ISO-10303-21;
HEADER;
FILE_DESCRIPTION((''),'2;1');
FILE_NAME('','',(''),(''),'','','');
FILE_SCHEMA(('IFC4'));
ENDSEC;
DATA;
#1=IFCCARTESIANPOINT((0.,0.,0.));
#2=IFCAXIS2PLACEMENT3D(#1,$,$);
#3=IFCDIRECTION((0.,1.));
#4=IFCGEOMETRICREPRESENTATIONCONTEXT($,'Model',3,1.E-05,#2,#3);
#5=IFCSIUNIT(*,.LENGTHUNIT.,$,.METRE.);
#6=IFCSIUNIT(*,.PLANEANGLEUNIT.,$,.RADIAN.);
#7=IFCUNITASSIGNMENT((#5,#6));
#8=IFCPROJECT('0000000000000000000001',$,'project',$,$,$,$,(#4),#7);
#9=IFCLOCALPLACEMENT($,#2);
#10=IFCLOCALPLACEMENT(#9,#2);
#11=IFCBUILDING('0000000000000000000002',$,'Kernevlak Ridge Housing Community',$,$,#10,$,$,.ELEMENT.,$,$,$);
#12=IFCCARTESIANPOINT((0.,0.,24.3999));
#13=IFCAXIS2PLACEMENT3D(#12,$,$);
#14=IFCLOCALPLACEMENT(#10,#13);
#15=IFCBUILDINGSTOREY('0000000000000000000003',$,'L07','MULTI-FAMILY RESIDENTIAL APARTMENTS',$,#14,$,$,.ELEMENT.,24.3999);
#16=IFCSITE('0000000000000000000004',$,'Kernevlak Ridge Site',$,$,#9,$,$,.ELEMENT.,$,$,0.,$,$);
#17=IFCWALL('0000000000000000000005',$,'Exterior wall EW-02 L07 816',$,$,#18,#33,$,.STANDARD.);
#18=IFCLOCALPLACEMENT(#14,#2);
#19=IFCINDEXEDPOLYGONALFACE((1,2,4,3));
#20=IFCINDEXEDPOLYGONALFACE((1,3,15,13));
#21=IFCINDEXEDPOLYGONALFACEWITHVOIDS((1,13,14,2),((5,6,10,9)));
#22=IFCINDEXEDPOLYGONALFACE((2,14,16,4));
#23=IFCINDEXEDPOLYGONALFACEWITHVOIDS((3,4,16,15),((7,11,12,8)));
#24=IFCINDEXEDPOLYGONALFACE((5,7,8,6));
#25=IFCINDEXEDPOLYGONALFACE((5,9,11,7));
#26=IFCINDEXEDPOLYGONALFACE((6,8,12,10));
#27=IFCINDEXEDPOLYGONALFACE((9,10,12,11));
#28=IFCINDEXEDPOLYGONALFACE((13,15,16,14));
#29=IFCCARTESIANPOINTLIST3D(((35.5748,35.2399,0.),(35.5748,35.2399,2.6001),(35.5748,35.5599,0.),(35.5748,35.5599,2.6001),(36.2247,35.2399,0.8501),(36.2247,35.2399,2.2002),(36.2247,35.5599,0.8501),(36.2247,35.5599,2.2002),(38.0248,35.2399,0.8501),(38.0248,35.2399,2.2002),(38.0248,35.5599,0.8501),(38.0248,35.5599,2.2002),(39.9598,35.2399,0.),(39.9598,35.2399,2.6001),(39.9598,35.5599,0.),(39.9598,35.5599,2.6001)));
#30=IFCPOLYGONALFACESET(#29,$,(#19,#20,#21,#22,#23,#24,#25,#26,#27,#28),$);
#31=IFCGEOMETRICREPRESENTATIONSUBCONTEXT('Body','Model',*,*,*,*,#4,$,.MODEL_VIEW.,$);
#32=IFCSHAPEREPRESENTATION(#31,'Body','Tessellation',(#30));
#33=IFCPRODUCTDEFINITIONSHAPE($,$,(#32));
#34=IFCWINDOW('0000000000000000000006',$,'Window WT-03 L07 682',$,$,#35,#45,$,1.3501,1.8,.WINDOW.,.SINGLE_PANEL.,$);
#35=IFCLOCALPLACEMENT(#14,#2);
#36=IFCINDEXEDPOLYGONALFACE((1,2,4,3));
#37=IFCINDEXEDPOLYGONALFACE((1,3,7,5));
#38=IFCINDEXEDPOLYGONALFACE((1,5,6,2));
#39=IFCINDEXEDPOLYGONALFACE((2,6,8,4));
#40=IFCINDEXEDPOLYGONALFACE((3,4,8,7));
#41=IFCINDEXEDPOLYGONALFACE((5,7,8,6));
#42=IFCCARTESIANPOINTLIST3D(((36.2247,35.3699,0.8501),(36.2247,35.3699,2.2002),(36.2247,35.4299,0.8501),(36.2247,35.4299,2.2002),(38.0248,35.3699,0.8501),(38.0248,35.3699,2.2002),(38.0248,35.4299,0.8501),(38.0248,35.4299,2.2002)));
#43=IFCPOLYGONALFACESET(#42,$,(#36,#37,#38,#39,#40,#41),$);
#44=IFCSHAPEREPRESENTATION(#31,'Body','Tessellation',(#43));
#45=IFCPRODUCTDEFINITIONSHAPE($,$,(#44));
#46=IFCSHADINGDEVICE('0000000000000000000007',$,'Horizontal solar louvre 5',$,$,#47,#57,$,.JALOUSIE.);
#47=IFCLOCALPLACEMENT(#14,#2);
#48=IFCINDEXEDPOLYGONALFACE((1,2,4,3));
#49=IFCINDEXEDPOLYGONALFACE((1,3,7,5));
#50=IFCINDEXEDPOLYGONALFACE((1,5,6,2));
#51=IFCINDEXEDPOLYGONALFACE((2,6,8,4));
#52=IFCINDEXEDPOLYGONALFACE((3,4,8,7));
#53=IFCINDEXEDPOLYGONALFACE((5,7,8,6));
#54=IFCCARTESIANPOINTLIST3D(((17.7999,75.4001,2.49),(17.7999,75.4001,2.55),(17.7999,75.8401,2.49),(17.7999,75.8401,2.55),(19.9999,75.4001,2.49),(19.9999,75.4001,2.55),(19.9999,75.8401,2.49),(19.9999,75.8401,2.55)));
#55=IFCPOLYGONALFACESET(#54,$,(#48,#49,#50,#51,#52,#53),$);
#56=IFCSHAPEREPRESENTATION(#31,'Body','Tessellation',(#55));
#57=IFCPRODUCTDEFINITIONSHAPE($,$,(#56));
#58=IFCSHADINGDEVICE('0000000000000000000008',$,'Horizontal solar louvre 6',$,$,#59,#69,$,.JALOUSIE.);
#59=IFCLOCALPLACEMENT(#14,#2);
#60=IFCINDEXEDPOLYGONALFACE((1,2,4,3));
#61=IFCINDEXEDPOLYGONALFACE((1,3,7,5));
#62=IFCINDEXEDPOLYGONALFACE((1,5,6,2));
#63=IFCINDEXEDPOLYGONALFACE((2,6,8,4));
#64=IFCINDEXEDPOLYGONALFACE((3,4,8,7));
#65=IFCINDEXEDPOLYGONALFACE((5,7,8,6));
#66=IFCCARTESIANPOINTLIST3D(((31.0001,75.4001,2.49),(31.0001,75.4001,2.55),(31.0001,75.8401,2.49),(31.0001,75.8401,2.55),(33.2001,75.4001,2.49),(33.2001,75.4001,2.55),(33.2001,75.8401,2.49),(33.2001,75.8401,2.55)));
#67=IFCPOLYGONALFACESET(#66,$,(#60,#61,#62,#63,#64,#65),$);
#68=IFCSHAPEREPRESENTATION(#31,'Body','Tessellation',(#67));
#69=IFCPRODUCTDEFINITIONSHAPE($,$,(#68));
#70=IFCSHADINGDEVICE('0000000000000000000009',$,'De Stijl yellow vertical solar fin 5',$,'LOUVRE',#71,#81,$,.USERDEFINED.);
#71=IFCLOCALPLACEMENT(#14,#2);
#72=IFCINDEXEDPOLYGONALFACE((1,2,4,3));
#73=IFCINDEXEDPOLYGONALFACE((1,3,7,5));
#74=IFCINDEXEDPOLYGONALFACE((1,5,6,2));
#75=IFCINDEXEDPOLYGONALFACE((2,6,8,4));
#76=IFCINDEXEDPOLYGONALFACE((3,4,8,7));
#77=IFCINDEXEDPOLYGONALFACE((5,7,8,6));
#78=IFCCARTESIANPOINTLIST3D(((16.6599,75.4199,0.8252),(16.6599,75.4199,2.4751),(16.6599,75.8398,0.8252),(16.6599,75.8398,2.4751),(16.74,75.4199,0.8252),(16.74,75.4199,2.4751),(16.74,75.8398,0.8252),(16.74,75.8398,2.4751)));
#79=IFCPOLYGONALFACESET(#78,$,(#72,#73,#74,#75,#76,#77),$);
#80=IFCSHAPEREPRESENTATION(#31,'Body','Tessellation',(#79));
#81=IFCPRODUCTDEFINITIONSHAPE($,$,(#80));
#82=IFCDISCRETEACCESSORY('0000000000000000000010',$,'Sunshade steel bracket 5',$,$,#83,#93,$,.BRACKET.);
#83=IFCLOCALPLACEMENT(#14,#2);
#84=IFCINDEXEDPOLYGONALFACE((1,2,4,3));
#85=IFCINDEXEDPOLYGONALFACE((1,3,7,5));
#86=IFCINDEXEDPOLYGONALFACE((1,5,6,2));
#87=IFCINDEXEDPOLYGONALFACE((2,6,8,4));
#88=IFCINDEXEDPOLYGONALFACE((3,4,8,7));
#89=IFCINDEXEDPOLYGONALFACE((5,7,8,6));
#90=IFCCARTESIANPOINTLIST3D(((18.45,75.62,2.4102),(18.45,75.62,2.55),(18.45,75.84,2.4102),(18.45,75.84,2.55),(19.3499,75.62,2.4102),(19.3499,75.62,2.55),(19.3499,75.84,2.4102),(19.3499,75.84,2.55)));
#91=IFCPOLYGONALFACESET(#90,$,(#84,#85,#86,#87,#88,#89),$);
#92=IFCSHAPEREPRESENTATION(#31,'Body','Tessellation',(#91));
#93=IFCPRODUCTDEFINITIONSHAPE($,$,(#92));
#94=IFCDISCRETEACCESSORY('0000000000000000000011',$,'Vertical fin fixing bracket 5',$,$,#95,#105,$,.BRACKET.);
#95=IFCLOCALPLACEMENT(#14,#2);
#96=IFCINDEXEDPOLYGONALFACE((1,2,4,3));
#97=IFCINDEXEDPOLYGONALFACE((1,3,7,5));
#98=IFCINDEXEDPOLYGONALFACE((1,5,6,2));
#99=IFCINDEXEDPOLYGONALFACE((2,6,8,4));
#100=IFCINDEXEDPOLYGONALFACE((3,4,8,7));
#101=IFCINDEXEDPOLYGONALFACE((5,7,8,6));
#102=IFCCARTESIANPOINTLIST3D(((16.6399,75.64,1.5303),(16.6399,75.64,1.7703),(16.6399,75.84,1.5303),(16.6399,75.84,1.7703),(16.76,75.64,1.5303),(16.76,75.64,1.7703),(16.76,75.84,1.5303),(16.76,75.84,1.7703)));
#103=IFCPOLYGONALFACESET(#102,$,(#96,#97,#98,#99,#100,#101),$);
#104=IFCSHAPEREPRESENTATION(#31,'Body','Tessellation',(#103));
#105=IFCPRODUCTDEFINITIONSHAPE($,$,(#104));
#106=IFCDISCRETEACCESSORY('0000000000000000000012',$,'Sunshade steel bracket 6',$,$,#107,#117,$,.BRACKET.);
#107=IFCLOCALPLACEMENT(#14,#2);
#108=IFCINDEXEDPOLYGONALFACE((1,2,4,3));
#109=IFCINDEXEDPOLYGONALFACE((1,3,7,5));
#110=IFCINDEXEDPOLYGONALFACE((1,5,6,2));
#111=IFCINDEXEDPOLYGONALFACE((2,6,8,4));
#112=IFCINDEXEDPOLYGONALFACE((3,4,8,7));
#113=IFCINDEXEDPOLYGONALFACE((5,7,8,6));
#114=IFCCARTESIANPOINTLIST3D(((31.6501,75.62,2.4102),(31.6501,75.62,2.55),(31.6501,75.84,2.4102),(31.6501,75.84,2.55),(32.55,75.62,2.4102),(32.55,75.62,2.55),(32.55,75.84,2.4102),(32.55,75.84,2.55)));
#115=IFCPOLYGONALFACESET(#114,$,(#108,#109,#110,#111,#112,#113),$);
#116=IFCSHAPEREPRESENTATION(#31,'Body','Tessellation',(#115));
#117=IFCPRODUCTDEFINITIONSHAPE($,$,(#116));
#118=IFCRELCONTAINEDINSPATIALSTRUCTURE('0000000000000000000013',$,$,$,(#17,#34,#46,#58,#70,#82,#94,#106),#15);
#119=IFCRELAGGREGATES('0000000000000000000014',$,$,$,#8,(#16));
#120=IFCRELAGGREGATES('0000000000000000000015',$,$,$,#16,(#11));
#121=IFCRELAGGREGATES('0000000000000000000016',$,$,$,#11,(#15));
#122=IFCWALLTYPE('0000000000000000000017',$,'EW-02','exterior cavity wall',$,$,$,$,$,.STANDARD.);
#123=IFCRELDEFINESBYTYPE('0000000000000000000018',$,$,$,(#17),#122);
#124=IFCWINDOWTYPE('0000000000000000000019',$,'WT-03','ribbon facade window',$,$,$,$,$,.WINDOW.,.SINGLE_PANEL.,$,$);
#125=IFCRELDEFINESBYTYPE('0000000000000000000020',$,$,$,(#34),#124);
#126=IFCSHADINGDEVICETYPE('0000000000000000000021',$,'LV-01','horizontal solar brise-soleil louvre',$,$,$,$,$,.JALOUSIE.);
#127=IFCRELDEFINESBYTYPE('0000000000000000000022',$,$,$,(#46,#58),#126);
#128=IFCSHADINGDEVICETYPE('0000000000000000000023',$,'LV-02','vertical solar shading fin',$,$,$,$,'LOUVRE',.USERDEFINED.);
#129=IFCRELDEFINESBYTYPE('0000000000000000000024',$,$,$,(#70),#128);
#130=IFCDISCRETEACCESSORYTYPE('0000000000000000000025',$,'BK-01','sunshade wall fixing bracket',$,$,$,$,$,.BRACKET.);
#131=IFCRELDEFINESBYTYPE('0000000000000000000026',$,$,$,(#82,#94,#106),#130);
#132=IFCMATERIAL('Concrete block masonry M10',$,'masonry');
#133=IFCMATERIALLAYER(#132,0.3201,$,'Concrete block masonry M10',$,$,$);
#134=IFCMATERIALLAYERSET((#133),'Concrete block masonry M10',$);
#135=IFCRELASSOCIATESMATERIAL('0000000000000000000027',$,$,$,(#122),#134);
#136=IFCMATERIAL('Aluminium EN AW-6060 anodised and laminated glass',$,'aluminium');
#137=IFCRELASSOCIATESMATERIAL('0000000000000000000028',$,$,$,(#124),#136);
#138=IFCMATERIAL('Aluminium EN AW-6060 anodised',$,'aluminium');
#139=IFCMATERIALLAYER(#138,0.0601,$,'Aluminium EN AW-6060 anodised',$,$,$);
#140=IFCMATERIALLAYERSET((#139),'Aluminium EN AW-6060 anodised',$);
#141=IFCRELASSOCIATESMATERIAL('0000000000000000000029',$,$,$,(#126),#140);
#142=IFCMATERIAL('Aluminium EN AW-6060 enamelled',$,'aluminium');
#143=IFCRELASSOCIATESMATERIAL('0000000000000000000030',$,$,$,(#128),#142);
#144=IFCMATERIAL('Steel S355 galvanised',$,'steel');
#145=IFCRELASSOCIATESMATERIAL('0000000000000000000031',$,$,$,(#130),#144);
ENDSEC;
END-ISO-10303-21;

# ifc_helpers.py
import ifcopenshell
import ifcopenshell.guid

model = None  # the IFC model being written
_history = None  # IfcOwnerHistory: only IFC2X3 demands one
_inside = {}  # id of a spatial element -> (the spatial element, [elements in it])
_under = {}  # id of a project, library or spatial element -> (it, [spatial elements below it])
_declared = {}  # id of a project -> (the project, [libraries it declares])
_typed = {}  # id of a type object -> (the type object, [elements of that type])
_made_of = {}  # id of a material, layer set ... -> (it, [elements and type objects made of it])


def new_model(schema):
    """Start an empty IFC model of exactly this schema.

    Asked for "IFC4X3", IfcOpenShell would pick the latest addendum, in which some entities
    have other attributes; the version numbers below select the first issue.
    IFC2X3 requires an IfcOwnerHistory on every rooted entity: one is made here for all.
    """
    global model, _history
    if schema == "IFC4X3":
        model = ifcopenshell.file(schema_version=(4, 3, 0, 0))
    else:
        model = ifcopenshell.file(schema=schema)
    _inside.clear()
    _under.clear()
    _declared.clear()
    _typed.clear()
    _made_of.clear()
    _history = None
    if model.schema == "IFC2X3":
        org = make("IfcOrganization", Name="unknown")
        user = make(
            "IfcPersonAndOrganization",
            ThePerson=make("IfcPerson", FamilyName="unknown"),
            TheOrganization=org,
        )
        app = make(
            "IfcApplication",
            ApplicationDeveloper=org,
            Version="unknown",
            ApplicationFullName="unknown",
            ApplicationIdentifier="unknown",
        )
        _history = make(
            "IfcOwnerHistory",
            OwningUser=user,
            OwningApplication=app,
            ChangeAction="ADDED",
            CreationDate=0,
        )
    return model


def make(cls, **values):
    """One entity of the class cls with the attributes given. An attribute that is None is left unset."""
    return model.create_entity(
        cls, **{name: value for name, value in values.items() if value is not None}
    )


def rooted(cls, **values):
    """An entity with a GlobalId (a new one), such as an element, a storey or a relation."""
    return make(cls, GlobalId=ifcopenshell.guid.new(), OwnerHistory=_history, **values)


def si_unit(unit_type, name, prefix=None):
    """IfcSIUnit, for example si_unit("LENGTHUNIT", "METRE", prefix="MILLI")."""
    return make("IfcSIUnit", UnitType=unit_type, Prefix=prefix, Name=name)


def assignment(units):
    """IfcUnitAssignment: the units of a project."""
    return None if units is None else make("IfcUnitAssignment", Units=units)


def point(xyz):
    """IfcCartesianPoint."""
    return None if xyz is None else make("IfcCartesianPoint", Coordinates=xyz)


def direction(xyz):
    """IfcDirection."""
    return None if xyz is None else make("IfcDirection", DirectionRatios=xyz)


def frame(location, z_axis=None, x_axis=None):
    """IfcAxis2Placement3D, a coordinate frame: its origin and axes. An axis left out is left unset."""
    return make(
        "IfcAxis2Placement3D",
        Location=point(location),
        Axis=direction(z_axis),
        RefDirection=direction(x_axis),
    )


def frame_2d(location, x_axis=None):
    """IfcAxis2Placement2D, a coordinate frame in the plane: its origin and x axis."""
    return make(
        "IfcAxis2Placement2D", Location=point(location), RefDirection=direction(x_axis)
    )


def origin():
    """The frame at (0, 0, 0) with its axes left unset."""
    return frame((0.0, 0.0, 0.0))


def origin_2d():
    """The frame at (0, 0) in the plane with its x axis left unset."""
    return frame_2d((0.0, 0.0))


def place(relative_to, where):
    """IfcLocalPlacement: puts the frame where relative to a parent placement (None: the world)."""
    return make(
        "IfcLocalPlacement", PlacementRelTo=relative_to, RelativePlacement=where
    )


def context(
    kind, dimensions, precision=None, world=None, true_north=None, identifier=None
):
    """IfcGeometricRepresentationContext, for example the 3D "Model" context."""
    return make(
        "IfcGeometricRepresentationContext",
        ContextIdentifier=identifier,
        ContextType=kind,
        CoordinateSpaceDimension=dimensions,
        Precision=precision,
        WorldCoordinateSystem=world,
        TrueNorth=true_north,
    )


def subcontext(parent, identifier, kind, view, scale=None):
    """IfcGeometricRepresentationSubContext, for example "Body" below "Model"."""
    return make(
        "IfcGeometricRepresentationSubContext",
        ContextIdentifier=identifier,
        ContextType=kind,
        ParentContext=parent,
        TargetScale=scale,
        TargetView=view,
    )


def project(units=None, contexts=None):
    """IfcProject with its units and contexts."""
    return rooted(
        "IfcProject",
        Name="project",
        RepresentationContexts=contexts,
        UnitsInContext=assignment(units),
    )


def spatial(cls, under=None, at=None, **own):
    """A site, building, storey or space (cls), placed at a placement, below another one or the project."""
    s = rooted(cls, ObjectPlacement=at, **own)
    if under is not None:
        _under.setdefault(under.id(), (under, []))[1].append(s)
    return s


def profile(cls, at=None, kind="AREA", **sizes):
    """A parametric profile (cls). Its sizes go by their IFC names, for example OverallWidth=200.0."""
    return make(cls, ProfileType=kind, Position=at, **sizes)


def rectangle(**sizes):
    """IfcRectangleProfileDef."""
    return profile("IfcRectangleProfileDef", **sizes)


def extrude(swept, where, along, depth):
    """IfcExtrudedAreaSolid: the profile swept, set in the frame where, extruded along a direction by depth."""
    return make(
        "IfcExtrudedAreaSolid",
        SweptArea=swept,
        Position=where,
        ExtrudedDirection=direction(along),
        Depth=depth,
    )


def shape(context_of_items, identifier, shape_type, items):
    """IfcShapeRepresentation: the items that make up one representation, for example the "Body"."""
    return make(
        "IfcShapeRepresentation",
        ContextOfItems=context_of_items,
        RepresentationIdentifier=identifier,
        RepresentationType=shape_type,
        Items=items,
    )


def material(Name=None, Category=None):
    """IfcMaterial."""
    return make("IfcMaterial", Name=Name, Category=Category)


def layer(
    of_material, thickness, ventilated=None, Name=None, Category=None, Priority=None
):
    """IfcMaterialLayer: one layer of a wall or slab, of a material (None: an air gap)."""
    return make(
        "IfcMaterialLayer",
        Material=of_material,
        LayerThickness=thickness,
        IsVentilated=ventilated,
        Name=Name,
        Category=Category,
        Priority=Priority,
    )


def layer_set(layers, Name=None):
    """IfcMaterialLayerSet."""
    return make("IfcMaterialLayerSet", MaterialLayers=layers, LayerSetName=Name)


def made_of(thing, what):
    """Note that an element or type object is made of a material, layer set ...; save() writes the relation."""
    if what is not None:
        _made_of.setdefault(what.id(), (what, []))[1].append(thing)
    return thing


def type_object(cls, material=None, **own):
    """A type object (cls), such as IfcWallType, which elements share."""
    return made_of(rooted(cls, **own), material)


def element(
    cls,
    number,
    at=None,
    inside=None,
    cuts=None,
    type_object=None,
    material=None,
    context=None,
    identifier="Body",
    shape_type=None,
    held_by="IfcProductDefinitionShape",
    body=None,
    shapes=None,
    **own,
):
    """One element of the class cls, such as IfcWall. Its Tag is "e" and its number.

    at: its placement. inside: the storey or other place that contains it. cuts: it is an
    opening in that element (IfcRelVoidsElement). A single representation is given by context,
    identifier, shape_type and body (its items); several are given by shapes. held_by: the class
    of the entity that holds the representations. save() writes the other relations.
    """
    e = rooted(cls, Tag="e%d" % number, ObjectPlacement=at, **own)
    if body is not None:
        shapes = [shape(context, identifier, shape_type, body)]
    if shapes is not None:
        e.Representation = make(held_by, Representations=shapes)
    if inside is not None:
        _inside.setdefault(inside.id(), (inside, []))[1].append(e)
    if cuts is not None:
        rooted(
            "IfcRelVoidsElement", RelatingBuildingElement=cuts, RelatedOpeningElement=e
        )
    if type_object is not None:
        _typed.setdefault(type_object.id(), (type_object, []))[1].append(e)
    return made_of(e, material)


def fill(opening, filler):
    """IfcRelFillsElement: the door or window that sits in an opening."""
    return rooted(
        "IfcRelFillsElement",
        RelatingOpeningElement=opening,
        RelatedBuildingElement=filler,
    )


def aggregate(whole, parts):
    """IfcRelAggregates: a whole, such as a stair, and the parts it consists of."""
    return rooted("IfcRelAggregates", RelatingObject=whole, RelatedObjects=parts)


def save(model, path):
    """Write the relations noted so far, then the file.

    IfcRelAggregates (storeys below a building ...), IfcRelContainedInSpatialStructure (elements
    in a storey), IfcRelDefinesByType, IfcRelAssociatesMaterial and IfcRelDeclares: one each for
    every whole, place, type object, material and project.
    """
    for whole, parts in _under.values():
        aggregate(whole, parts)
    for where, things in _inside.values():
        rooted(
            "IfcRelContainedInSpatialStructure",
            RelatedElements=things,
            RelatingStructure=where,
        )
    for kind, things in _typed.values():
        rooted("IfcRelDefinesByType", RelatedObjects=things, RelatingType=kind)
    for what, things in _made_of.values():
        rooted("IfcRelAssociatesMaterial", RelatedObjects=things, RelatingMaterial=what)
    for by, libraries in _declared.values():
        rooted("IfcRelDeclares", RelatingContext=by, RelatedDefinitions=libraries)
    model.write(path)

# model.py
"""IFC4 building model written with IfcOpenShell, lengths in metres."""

from ifc_helpers import new_model, si_unit, direction, frame, frame_2d, origin, origin_2d, place, context, subcontext, project, spatial, rectangle, extrude, material, layer, layer_set, type_object, element, fill, save


model = new_model("IFC4")

# Units and contexts
model_context = context("Model", 3, precision=1e-05, world=origin(), true_north=direction((0.0, 1.0)))
body_context = subcontext(model_context, "Body", "Model", "MODEL_VIEW")
ifc_project = project(units=[si_unit("LENGTHUNIT", "METRE"), si_unit("PLANEANGLEUNIT", "RADIAN")], contexts=[model_context])

# Site, building, storey
site_placement = place(None, origin())
site = spatial("IfcSite", under=ifc_project, at=site_placement, Name="Kernevlak Ridge Site", CompositionType="ELEMENT", RefElevation=0.0)
building_placement = place(site_placement, origin())
building = spatial("IfcBuilding", under=site, at=building_placement, Name="Kernevlak Ridge Housing Community", CompositionType="ELEMENT")
storey_placement = place(building_placement, frame((0.0, 0.0, 24.3999)))
storey = spatial("IfcBuildingStorey", under=building, at=storey_placement, Name="L07", Description="MULTI-FAMILY RESIDENTIAL APARTMENTS", CompositionType="ELEMENT", Elevation=24.3999)

# Shared definitions
ifc_material_1 = material(Name="Concrete block masonry M10", Category="masonry")
ifc_layer_1 = layer(ifc_material_1, 0.3201, Name="Concrete block masonry M10")
ifc_layer_set_1 = layer_set([ifc_layer_1], Name="Concrete block masonry M10")
wall_type = type_object("IfcWallType", Name="EW-02", Description="exterior cavity wall", PredefinedType="STANDARD", material=ifc_layer_set_1)
ifc_material_2 = material(Name="Aluminium EN AW-6060 anodised and laminated glass", Category="aluminium")
window_type_1 = type_object("IfcWindowType", Name="WT-03", Description="ribbon facade window", PartitioningType="SINGLE_PANEL", PredefinedType="WINDOW", material=ifc_material_2)

# Wall, opening, window
wall_1_placement = place(storey_placement, frame((35.575, 35.3999, 0.0), z_axis=(0.0, 0.0, 1.0), x_axis=(1.0, 0.0, 0.0)))
wall_1 = element("IfcWall", 1, at=wall_1_placement, inside=storey, type_object=wall_type, Name="Exterior wall EW-02 L07 816", PredefinedType="STANDARD", context=body_context, shape_type="SweptSolid", body=[
    extrude(rectangle(XDim=4.385, YDim=0.3201, at=frame_2d((2.1924, 0.0))), origin(), (0.0, 0.0, 1.0), 2.6001),
])
opening_1_placement = place(wall_1_placement, frame((0.6499, 0.0, 0.8501)))
opening_1 = element("IfcOpeningElement", 2, at=opening_1_placement, cuts=wall_1, PredefinedType="OPENING", context=body_context, shape_type="SweptSolid", body=[
    extrude(rectangle(XDim=1.8, YDim=1.3501, at=frame_2d((0.8999, 0.675))), frame((0.0, 0.1699, 0.0), z_axis=(0.0, -1.0, 0.0), x_axis=(1.0, 0.0, 0.0)), (0.0, 0.0, 1.0), 0.3401),
])
window_1_placement = place(opening_1_placement, origin())
window_1 = element("IfcWindow", 3, at=window_1_placement, inside=storey, type_object=window_type_1, Name="Window WT-03 L07 682", OverallHeight=1.3501, OverallWidth=1.8, PartitioningType="SINGLE_PANEL", PredefinedType="WINDOW", context=body_context, shape_type="SweptSolid", body=[
    extrude(rectangle(XDim=1.8, YDim=1.3501, at=frame_2d((0.8999, 0.675))), frame((0.0, 0.03, 0.0), z_axis=(0.0, -1.0, 0.0), x_axis=(1.0, 0.0, 0.0)), (0.0, 0.0, 1.0), 0.0601),
])
fill(opening_1, window_1)

# Shading devices
ifc_material_3 = material(Name="Aluminium EN AW-6060 anodised", Category="aluminium")
ifc_layer_2 = layer(ifc_material_3, 0.0601, Name="Aluminium EN AW-6060 anodised")
ifc_layer_set_2 = layer_set([ifc_layer_2], Name="Aluminium EN AW-6060 anodised")
shading_device_type_1 = type_object("IfcShadingDeviceType", Name="LV-01", Description="horizontal solar brise-soleil louvre", PredefinedType="JALOUSIE", material=ifc_layer_set_2)
for number, where, z_axis, x_axis, name in (
    (4, (18.8999, 75.6201, 2.49), (0.0, 0.0, 1.0), (1.0, 0.0, 0.0), "Horizontal solar louvre 5"),
    (5, (32.1001, 75.6201, 2.49), (0.0, 0.0, 1.0), (1.0, 0.0, 0.0), "Horizontal solar louvre 6"),
):
    element("IfcShadingDevice", number, at=place(storey_placement, frame(where, z_axis=z_axis, x_axis=x_axis)), inside=storey, type_object=shading_device_type_1, Name=name, PredefinedType="JALOUSIE", context=body_context, shape_type="SweptSolid", body=[
        extrude(rectangle(XDim=2.2, YDim=0.4399, at=origin_2d()), origin(), (0.0, 0.0, 1.0), 0.0601),
    ])
ifc_material_4 = material(Name="Aluminium EN AW-6060 enamelled", Category="aluminium")
shading_device_type_2 = type_object("IfcShadingDeviceType", Name="LV-02", Description="vertical solar shading fin", ElementType="LOUVRE", PredefinedType="USERDEFINED", material=ifc_material_4)
shading_device_placement = place(storey_placement, frame((16.7, 75.6299, 0.8252), z_axis=(0.0, 0.0, 1.0), x_axis=(1.0, 0.0, 0.0)))
element("IfcShadingDevice", 6, at=shading_device_placement, inside=storey, type_object=shading_device_type_2, Name="De Stijl yellow vertical solar fin 5", ObjectType="LOUVRE", PredefinedType="USERDEFINED", context=body_context, shape_type="SweptSolid", body=[
    extrude(rectangle(XDim=0.0801, YDim=0.4199, at=origin_2d()), origin(), (0.0, 0.0, 1.0), 1.6499),
])

# Discrete accessories
ifc_material_5 = material(Name="Steel S355 galvanised", Category="steel")
discrete_accessory_type = type_object("IfcDiscreteAccessoryType", Name="BK-01", Description="sunshade wall fixing bracket", PredefinedType="BRACKET", material=ifc_material_5)
discrete_accessory_1_placement = place(storey_placement, frame((18.8999, 75.73, 2.4102), z_axis=(0.0, 0.0, 1.0), x_axis=(1.0, 0.0, 0.0)))
element("IfcDiscreteAccessory", 7, at=discrete_accessory_1_placement, inside=storey, type_object=discrete_accessory_type, Name="Sunshade steel bracket 5", PredefinedType="BRACKET", context=body_context, shape_type="SweptSolid", body=[
    extrude(rectangle(XDim=0.8999, YDim=0.22, at=origin_2d()), origin(), (0.0, 0.0, 1.0), 0.1399),
])
discrete_accessory_2_placement = place(storey_placement, frame((16.7, 75.74, 1.5303), z_axis=(0.0, 0.0, 1.0), x_axis=(1.0, 0.0, 0.0)))
element("IfcDiscreteAccessory", 8, at=discrete_accessory_2_placement, inside=storey, type_object=discrete_accessory_type, Name="Vertical fin fixing bracket 5", PredefinedType="BRACKET", context=body_context, shape_type="SweptSolid", body=[
    extrude(rectangle(XDim=0.1201, YDim=0.2, at=origin_2d()), origin(), (0.0, 0.0, 1.0), 0.24),
])
discrete_accessory_3_placement = place(storey_placement, frame((32.1001, 75.73, 2.4102), z_axis=(0.0, 0.0, 1.0), x_axis=(1.0, 0.0, 0.0)))
element("IfcDiscreteAccessory", 9, at=discrete_accessory_3_placement, inside=storey, type_object=discrete_accessory_type, Name="Sunshade steel bracket 6", PredefinedType="BRACKET", context=body_context, shape_type="SweptSolid", body=[
    extrude(rectangle(XDim=0.8999, YDim=0.22, at=origin_2d()), origin(), (0.0, 0.0, 1.0), 0.1399),
])

save(model, "model.ifc")
